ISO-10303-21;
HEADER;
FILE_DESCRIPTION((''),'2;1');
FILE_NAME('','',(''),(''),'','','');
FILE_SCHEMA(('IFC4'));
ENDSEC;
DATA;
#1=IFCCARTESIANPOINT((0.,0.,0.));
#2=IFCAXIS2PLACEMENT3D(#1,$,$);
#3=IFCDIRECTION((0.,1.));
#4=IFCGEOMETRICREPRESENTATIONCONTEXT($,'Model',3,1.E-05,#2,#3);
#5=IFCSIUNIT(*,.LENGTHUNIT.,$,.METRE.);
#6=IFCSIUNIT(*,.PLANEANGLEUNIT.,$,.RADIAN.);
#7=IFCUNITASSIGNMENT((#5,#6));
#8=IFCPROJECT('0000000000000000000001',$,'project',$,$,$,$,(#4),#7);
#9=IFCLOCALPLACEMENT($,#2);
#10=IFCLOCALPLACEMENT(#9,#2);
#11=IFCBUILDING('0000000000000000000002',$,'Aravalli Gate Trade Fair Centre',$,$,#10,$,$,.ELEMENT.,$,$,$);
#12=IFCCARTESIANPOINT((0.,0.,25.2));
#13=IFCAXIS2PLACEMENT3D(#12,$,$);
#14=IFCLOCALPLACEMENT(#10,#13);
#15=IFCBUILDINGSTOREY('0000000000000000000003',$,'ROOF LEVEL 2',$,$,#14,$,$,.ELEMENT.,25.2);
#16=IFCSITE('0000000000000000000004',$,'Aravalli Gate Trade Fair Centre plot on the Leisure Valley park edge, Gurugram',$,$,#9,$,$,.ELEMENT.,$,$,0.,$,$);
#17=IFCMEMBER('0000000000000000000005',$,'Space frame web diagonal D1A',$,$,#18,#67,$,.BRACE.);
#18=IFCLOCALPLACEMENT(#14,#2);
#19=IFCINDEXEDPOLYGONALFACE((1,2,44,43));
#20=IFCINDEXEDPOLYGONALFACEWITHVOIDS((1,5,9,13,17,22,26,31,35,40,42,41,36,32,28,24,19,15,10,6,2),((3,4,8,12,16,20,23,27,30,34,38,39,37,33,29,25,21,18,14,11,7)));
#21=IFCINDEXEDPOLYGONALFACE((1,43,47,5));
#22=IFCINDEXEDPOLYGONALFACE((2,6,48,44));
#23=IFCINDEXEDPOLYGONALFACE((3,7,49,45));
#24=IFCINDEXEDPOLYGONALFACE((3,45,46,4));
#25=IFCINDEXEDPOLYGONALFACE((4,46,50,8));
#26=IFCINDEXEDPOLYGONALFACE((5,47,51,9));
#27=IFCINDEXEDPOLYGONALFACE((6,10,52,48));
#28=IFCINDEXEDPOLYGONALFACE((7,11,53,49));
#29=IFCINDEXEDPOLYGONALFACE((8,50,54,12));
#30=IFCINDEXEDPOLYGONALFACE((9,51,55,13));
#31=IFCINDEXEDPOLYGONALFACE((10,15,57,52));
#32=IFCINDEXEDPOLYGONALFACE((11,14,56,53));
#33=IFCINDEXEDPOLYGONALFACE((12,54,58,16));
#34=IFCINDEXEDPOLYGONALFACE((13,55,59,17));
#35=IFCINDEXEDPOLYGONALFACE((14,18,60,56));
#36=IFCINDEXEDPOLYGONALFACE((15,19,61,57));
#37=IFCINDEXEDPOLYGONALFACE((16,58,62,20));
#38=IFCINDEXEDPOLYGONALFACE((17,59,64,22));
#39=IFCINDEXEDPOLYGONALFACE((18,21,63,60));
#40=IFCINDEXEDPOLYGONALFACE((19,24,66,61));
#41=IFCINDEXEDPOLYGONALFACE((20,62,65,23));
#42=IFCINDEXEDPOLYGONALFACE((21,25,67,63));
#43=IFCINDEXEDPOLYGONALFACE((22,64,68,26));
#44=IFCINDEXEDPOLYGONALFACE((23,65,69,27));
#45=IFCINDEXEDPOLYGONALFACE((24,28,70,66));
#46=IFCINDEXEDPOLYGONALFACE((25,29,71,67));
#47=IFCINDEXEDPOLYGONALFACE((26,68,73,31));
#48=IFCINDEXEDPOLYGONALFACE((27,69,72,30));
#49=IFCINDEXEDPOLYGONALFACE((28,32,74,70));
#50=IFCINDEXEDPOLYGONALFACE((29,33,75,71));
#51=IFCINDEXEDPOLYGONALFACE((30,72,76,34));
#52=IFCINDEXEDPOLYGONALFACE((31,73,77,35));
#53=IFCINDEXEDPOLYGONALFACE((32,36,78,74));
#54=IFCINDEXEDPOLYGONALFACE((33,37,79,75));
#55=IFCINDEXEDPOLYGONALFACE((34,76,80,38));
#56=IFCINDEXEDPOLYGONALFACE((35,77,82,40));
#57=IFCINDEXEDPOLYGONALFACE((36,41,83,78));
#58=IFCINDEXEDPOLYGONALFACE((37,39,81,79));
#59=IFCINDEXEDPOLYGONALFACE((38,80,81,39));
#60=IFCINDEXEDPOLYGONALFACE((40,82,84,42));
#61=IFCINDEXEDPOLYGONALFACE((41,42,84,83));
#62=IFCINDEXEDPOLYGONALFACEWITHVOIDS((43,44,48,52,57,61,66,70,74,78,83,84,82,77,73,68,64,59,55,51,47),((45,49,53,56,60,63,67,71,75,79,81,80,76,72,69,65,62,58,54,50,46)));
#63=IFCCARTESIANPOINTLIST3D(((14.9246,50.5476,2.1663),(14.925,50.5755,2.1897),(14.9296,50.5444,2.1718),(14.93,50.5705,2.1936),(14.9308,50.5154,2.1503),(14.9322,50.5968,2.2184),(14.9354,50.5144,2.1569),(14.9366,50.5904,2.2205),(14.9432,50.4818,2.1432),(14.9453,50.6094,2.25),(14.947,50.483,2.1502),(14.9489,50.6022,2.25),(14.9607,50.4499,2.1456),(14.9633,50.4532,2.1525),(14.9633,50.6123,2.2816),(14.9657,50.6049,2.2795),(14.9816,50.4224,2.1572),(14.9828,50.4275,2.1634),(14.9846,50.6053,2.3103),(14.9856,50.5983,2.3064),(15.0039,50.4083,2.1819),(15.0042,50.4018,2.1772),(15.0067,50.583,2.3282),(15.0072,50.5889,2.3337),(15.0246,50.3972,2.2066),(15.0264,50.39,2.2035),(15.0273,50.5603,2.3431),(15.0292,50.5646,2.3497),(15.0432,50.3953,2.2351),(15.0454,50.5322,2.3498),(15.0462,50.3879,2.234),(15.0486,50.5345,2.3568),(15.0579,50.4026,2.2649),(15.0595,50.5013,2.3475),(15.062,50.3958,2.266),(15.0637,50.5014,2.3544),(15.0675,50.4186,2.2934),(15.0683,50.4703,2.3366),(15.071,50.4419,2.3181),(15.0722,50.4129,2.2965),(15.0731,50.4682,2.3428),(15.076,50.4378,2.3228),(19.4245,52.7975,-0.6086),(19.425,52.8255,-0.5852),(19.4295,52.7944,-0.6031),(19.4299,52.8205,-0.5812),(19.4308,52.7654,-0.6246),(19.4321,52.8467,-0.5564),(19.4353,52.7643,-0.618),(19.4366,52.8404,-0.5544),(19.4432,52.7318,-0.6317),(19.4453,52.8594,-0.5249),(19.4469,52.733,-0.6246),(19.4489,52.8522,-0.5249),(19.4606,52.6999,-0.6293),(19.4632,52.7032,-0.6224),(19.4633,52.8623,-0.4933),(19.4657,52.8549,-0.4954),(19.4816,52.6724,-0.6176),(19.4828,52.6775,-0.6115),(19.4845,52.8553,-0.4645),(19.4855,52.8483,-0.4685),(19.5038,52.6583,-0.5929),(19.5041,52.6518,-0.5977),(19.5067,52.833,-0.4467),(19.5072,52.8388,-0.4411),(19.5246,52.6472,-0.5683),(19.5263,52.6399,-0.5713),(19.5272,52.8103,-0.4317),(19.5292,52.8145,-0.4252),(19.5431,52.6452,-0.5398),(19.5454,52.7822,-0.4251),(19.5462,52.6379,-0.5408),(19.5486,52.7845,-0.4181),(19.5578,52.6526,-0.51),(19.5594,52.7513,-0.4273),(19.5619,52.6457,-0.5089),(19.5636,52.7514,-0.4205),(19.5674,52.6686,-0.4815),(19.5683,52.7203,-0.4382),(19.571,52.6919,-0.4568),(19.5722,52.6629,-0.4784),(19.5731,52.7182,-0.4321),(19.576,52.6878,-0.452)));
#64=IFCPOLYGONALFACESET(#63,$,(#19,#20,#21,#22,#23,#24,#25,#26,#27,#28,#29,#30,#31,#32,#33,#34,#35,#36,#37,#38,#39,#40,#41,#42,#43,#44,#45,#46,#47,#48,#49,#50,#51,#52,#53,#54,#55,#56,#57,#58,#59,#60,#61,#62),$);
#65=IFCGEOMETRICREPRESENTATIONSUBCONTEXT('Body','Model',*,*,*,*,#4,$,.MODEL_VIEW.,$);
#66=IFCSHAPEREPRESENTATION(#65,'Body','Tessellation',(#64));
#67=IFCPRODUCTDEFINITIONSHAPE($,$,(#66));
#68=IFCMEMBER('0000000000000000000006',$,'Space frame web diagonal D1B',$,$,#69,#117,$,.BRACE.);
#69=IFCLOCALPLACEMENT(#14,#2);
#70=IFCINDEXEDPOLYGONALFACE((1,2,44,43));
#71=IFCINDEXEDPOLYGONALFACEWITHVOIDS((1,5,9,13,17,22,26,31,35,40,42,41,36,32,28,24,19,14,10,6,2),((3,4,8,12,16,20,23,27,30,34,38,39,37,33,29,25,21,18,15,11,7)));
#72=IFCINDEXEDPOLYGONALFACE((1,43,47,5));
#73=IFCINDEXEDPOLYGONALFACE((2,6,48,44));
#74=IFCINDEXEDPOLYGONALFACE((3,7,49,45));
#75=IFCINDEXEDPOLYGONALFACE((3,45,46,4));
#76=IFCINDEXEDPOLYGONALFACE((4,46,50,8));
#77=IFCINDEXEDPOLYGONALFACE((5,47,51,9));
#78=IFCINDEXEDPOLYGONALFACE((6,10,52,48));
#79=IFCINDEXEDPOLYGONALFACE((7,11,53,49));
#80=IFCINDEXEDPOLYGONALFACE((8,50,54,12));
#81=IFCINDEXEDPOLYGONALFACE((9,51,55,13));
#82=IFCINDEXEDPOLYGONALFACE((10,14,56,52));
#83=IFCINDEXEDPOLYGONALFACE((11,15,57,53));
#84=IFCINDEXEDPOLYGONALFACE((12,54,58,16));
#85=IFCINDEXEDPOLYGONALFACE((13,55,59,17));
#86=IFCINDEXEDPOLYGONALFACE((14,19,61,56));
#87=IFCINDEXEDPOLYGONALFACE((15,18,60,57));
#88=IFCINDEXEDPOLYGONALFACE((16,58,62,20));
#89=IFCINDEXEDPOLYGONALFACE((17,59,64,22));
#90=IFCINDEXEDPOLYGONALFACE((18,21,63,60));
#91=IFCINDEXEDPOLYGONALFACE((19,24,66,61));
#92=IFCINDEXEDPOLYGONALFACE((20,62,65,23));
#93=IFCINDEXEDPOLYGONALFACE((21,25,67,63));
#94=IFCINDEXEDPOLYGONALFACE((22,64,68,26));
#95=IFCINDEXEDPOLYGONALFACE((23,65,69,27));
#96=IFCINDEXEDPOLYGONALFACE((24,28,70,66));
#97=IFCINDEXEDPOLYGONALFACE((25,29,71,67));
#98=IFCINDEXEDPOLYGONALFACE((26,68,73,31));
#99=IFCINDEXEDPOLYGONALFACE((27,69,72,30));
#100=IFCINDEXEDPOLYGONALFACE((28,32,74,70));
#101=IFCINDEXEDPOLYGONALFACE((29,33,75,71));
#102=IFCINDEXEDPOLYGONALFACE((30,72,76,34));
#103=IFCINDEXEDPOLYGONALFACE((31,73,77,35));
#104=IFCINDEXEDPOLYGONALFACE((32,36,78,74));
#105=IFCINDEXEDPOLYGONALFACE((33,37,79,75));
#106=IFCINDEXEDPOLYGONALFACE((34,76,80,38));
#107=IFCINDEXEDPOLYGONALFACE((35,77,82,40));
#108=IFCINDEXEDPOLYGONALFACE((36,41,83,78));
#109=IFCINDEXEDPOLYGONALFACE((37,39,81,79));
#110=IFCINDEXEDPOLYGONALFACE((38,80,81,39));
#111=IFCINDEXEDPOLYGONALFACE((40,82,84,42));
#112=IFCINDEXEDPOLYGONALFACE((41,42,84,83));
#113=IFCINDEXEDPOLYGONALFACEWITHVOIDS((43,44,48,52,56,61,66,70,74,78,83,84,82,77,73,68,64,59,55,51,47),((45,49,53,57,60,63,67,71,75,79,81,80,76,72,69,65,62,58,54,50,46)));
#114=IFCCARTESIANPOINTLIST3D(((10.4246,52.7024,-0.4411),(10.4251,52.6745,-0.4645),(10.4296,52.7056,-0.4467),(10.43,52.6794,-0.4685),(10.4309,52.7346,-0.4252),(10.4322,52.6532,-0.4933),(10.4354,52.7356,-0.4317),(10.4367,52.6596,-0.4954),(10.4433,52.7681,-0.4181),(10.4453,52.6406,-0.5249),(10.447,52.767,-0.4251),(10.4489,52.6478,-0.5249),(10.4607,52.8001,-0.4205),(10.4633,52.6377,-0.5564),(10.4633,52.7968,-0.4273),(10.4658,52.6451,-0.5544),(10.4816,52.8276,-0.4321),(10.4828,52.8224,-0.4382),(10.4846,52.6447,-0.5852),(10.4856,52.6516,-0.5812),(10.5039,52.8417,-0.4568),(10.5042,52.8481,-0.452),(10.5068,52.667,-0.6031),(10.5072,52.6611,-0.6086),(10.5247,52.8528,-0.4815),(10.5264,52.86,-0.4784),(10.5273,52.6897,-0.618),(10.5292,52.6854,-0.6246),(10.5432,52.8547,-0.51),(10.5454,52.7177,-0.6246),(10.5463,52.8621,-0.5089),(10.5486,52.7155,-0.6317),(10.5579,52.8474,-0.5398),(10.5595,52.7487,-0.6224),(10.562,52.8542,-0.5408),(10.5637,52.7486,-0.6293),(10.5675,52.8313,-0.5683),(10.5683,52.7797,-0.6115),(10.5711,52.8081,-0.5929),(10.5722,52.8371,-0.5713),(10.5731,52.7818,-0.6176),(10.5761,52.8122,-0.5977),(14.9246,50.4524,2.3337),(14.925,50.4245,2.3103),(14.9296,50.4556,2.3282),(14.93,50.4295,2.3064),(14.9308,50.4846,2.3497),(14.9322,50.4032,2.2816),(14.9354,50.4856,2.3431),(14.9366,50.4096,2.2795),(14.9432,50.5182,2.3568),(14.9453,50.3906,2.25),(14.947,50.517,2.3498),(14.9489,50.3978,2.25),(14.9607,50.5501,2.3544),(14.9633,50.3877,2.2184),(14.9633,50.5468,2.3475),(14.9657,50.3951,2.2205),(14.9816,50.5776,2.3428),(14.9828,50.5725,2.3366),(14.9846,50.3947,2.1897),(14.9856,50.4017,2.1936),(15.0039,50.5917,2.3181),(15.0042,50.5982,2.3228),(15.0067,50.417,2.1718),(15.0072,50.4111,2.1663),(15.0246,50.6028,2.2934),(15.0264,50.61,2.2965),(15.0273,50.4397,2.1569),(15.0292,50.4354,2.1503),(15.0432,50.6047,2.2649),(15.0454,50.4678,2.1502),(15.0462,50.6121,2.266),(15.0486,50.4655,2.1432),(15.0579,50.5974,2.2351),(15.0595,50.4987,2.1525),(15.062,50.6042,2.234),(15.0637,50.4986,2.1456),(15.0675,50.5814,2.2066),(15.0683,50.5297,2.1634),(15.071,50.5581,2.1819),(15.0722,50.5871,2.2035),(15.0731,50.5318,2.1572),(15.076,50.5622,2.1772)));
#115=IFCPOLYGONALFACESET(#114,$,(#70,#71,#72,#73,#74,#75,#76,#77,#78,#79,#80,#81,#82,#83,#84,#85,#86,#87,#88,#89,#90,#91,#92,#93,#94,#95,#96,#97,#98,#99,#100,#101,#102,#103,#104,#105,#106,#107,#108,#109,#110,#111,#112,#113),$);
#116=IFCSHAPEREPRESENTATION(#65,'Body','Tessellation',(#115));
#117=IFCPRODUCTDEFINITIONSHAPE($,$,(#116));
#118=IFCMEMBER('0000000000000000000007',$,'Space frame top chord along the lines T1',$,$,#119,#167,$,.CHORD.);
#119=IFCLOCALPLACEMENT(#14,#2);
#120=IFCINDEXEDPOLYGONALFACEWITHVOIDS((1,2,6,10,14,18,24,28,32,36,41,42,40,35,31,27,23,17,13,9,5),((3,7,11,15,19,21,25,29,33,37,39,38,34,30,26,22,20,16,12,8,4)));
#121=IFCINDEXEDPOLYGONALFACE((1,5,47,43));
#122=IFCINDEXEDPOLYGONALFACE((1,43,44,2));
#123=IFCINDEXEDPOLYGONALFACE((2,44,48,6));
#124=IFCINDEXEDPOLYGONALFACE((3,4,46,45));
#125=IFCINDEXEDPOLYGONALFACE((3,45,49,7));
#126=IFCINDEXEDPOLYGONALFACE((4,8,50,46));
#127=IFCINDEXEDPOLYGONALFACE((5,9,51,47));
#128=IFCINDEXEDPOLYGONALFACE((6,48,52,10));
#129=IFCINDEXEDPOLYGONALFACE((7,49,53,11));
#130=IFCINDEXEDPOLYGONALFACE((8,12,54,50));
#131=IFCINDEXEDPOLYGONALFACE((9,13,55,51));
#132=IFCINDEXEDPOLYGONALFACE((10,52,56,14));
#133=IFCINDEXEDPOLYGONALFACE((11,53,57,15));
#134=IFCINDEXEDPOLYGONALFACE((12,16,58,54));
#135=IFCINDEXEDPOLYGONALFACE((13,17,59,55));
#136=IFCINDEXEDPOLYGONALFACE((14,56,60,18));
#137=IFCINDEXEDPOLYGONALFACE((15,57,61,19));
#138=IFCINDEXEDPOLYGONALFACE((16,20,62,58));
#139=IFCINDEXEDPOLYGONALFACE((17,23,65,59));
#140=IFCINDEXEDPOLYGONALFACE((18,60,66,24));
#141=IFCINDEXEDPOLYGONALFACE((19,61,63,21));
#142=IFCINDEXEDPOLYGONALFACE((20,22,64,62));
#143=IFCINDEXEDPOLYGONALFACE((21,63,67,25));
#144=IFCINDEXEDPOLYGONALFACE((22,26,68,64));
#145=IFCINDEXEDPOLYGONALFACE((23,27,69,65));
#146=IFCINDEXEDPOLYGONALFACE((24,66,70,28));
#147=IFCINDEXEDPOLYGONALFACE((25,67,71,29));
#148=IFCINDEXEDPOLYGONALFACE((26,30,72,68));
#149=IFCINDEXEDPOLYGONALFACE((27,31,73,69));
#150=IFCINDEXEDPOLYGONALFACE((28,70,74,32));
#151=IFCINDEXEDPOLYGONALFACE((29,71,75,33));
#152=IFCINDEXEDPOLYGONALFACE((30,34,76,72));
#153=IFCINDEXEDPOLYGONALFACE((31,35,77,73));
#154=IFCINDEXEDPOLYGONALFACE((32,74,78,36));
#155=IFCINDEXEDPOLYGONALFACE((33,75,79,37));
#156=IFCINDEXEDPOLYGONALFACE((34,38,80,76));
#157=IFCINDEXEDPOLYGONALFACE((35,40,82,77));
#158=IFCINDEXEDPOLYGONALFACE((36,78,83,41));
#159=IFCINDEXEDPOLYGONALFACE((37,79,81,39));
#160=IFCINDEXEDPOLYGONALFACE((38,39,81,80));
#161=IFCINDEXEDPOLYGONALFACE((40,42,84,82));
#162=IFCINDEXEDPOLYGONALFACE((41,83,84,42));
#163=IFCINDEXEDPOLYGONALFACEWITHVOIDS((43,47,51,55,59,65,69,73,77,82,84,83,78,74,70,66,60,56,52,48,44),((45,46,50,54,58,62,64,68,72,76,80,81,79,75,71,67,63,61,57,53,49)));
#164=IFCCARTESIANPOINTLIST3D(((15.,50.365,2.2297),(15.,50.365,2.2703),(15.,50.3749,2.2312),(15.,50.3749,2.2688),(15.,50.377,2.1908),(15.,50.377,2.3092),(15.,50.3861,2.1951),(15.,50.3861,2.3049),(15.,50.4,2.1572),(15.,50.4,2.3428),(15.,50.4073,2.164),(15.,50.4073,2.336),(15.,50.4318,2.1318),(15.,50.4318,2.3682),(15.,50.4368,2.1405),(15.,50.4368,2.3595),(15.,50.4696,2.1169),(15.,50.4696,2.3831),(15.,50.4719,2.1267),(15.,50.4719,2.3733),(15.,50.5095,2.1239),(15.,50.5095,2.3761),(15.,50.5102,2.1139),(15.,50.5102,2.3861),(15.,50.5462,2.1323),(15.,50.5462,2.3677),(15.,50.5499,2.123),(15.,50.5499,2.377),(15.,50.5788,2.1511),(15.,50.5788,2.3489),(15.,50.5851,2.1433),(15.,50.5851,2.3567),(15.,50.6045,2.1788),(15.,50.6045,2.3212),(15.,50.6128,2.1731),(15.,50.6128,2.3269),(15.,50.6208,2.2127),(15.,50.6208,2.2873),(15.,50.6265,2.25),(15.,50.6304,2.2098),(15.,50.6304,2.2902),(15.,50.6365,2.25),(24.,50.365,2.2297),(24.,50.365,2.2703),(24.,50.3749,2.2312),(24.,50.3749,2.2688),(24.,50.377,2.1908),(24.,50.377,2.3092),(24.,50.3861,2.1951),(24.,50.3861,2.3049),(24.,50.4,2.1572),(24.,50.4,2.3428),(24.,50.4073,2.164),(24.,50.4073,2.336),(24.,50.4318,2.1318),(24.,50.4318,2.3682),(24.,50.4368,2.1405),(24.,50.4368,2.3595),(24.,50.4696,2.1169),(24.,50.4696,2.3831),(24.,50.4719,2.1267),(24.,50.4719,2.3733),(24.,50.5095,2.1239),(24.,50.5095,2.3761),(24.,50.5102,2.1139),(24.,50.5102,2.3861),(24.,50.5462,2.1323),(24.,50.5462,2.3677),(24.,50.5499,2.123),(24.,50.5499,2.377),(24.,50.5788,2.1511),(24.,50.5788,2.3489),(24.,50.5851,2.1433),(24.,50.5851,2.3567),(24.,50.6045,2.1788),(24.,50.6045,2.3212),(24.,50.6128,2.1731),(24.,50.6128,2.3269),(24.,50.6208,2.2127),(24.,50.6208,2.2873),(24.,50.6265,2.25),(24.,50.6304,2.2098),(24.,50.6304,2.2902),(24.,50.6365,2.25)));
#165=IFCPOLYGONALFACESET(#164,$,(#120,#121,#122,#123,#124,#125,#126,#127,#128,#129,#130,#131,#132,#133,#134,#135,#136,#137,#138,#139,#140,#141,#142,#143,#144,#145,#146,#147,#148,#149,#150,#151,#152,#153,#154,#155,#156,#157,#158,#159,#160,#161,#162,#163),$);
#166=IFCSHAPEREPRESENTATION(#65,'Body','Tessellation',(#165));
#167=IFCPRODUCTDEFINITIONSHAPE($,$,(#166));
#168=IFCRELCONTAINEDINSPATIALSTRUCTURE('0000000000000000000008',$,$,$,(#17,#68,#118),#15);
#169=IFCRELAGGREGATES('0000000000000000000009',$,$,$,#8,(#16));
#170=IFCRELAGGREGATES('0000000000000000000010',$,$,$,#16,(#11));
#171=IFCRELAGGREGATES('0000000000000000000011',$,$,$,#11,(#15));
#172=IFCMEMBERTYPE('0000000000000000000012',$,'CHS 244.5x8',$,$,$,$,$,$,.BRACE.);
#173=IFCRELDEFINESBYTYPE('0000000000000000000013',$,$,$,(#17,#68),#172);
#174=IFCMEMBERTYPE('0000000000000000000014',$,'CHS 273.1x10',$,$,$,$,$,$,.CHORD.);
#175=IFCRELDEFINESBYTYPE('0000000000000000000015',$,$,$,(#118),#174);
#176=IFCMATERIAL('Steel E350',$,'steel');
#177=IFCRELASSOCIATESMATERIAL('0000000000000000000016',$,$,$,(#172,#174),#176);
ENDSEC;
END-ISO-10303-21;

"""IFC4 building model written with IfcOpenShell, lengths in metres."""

from ifc_helpers import new_model, si_unit, direction, frame, origin, origin_2d, place, context, subcontext, project, spatial, hollow_circle, extrude, material, material_profile, profile_set, type_object, element, save


model = new_model("IFC4")

# Units and contexts
model_context = context("Model", 3, precision=1e-05, world=origin(), true_north=direction((0.0, 1.0)))
body_context = subcontext(model_context, "Body", "Model", "MODEL_VIEW")
ifc_project = project(units=[si_unit("LENGTHUNIT", "METRE"), si_unit("PLANEANGLEUNIT", "RADIAN")], contexts=[model_context])

# Site, building, storey
site_placement = place(None, origin())
site = spatial("IfcSite", under=ifc_project, at=site_placement, Name="Aravalli Gate Trade Fair Centre plot on the Leisure Valley park edge, Gurugram", CompositionType="ELEMENT", RefElevation=0.0)
building_placement = place(site_placement, origin())
building = spatial("IfcBuilding", under=site, at=building_placement, Name="Aravalli Gate Trade Fair Centre", CompositionType="ELEMENT")
storey_placement = place(building_placement, frame((0.0, 0.0, 25.2)))
storey = spatial("IfcBuildingStorey", under=building, at=storey_placement, Name="ROOF LEVEL 2", CompositionType="ELEMENT", Elevation=25.2)

# Members
ifc_material = material(Name="Steel E350", Category="steel")
ifc_material_profile_1 = material_profile(ifc_material, hollow_circle(Radius=0.1223, WallThickness=0.0081, at=origin_2d()), Name="CHS 244.5x8")
ifc_profile_set_1 = profile_set([ifc_material_profile_1], Name="Steel E350")
member_type_1 = type_object("IfcMemberType", Name="CHS 244.5x8", PredefinedType="BRACE", material=ifc_profile_set_1)
for number, where, z_axis, x_axis, name in (
    (1, (15.0, 50.5, 2.25), (0.7832, 0.3916, -0.482956), (-0.447214, 0.894427, 0.0), "Space frame web diagonal D1A"),
    (2, (15.0, 50.5, 2.25), (-0.7832, 0.3916, -0.482956), (-0.447214, -0.894427, 0.0), "Space frame web diagonal D1B"),
):
    element("IfcMember", number, at=place(storey_placement, frame(where, z_axis=z_axis, x_axis=x_axis)), inside=storey, type_object=member_type_1, Name=name, PredefinedType="BRACE", context=body_context, shape_type="SweptSolid", body=[
        extrude(hollow_circle(Radius=0.1223, WallThickness=0.0081, at=origin_2d()), origin(), (0.0, 0.0, 1.0), 5.7456),
    ])
ifc_material_profile_2 = material_profile(ifc_material, hollow_circle(Radius=0.1365, WallThickness=0.01, at=origin_2d()), Name="CHS 273.1x10")
ifc_profile_set_2 = profile_set([ifc_material_profile_2], Name="Steel E350")
member_type_2 = type_object("IfcMemberType", Name="CHS 273.1x10", PredefinedType="CHORD", material=ifc_profile_set_2)
member_1_placement = place(storey_placement, frame((15.0, 50.5, 2.25), z_axis=(1.0, 0.0, 0.0), x_axis=(0.0, 1.0, 0.0)))
element("IfcMember", 3, at=member_1_placement, inside=storey, type_object=member_type_2, Name="Space frame top chord along the lines T1", PredefinedType="CHORD", context=body_context, shape_type="SweptSolid", body=[
    extrude(hollow_circle(Radius=0.1365, WallThickness=0.01, at=origin_2d()), origin(), (0.0, 0.0, 1.0), 9.0),
])

save(model, "model.ifc")
